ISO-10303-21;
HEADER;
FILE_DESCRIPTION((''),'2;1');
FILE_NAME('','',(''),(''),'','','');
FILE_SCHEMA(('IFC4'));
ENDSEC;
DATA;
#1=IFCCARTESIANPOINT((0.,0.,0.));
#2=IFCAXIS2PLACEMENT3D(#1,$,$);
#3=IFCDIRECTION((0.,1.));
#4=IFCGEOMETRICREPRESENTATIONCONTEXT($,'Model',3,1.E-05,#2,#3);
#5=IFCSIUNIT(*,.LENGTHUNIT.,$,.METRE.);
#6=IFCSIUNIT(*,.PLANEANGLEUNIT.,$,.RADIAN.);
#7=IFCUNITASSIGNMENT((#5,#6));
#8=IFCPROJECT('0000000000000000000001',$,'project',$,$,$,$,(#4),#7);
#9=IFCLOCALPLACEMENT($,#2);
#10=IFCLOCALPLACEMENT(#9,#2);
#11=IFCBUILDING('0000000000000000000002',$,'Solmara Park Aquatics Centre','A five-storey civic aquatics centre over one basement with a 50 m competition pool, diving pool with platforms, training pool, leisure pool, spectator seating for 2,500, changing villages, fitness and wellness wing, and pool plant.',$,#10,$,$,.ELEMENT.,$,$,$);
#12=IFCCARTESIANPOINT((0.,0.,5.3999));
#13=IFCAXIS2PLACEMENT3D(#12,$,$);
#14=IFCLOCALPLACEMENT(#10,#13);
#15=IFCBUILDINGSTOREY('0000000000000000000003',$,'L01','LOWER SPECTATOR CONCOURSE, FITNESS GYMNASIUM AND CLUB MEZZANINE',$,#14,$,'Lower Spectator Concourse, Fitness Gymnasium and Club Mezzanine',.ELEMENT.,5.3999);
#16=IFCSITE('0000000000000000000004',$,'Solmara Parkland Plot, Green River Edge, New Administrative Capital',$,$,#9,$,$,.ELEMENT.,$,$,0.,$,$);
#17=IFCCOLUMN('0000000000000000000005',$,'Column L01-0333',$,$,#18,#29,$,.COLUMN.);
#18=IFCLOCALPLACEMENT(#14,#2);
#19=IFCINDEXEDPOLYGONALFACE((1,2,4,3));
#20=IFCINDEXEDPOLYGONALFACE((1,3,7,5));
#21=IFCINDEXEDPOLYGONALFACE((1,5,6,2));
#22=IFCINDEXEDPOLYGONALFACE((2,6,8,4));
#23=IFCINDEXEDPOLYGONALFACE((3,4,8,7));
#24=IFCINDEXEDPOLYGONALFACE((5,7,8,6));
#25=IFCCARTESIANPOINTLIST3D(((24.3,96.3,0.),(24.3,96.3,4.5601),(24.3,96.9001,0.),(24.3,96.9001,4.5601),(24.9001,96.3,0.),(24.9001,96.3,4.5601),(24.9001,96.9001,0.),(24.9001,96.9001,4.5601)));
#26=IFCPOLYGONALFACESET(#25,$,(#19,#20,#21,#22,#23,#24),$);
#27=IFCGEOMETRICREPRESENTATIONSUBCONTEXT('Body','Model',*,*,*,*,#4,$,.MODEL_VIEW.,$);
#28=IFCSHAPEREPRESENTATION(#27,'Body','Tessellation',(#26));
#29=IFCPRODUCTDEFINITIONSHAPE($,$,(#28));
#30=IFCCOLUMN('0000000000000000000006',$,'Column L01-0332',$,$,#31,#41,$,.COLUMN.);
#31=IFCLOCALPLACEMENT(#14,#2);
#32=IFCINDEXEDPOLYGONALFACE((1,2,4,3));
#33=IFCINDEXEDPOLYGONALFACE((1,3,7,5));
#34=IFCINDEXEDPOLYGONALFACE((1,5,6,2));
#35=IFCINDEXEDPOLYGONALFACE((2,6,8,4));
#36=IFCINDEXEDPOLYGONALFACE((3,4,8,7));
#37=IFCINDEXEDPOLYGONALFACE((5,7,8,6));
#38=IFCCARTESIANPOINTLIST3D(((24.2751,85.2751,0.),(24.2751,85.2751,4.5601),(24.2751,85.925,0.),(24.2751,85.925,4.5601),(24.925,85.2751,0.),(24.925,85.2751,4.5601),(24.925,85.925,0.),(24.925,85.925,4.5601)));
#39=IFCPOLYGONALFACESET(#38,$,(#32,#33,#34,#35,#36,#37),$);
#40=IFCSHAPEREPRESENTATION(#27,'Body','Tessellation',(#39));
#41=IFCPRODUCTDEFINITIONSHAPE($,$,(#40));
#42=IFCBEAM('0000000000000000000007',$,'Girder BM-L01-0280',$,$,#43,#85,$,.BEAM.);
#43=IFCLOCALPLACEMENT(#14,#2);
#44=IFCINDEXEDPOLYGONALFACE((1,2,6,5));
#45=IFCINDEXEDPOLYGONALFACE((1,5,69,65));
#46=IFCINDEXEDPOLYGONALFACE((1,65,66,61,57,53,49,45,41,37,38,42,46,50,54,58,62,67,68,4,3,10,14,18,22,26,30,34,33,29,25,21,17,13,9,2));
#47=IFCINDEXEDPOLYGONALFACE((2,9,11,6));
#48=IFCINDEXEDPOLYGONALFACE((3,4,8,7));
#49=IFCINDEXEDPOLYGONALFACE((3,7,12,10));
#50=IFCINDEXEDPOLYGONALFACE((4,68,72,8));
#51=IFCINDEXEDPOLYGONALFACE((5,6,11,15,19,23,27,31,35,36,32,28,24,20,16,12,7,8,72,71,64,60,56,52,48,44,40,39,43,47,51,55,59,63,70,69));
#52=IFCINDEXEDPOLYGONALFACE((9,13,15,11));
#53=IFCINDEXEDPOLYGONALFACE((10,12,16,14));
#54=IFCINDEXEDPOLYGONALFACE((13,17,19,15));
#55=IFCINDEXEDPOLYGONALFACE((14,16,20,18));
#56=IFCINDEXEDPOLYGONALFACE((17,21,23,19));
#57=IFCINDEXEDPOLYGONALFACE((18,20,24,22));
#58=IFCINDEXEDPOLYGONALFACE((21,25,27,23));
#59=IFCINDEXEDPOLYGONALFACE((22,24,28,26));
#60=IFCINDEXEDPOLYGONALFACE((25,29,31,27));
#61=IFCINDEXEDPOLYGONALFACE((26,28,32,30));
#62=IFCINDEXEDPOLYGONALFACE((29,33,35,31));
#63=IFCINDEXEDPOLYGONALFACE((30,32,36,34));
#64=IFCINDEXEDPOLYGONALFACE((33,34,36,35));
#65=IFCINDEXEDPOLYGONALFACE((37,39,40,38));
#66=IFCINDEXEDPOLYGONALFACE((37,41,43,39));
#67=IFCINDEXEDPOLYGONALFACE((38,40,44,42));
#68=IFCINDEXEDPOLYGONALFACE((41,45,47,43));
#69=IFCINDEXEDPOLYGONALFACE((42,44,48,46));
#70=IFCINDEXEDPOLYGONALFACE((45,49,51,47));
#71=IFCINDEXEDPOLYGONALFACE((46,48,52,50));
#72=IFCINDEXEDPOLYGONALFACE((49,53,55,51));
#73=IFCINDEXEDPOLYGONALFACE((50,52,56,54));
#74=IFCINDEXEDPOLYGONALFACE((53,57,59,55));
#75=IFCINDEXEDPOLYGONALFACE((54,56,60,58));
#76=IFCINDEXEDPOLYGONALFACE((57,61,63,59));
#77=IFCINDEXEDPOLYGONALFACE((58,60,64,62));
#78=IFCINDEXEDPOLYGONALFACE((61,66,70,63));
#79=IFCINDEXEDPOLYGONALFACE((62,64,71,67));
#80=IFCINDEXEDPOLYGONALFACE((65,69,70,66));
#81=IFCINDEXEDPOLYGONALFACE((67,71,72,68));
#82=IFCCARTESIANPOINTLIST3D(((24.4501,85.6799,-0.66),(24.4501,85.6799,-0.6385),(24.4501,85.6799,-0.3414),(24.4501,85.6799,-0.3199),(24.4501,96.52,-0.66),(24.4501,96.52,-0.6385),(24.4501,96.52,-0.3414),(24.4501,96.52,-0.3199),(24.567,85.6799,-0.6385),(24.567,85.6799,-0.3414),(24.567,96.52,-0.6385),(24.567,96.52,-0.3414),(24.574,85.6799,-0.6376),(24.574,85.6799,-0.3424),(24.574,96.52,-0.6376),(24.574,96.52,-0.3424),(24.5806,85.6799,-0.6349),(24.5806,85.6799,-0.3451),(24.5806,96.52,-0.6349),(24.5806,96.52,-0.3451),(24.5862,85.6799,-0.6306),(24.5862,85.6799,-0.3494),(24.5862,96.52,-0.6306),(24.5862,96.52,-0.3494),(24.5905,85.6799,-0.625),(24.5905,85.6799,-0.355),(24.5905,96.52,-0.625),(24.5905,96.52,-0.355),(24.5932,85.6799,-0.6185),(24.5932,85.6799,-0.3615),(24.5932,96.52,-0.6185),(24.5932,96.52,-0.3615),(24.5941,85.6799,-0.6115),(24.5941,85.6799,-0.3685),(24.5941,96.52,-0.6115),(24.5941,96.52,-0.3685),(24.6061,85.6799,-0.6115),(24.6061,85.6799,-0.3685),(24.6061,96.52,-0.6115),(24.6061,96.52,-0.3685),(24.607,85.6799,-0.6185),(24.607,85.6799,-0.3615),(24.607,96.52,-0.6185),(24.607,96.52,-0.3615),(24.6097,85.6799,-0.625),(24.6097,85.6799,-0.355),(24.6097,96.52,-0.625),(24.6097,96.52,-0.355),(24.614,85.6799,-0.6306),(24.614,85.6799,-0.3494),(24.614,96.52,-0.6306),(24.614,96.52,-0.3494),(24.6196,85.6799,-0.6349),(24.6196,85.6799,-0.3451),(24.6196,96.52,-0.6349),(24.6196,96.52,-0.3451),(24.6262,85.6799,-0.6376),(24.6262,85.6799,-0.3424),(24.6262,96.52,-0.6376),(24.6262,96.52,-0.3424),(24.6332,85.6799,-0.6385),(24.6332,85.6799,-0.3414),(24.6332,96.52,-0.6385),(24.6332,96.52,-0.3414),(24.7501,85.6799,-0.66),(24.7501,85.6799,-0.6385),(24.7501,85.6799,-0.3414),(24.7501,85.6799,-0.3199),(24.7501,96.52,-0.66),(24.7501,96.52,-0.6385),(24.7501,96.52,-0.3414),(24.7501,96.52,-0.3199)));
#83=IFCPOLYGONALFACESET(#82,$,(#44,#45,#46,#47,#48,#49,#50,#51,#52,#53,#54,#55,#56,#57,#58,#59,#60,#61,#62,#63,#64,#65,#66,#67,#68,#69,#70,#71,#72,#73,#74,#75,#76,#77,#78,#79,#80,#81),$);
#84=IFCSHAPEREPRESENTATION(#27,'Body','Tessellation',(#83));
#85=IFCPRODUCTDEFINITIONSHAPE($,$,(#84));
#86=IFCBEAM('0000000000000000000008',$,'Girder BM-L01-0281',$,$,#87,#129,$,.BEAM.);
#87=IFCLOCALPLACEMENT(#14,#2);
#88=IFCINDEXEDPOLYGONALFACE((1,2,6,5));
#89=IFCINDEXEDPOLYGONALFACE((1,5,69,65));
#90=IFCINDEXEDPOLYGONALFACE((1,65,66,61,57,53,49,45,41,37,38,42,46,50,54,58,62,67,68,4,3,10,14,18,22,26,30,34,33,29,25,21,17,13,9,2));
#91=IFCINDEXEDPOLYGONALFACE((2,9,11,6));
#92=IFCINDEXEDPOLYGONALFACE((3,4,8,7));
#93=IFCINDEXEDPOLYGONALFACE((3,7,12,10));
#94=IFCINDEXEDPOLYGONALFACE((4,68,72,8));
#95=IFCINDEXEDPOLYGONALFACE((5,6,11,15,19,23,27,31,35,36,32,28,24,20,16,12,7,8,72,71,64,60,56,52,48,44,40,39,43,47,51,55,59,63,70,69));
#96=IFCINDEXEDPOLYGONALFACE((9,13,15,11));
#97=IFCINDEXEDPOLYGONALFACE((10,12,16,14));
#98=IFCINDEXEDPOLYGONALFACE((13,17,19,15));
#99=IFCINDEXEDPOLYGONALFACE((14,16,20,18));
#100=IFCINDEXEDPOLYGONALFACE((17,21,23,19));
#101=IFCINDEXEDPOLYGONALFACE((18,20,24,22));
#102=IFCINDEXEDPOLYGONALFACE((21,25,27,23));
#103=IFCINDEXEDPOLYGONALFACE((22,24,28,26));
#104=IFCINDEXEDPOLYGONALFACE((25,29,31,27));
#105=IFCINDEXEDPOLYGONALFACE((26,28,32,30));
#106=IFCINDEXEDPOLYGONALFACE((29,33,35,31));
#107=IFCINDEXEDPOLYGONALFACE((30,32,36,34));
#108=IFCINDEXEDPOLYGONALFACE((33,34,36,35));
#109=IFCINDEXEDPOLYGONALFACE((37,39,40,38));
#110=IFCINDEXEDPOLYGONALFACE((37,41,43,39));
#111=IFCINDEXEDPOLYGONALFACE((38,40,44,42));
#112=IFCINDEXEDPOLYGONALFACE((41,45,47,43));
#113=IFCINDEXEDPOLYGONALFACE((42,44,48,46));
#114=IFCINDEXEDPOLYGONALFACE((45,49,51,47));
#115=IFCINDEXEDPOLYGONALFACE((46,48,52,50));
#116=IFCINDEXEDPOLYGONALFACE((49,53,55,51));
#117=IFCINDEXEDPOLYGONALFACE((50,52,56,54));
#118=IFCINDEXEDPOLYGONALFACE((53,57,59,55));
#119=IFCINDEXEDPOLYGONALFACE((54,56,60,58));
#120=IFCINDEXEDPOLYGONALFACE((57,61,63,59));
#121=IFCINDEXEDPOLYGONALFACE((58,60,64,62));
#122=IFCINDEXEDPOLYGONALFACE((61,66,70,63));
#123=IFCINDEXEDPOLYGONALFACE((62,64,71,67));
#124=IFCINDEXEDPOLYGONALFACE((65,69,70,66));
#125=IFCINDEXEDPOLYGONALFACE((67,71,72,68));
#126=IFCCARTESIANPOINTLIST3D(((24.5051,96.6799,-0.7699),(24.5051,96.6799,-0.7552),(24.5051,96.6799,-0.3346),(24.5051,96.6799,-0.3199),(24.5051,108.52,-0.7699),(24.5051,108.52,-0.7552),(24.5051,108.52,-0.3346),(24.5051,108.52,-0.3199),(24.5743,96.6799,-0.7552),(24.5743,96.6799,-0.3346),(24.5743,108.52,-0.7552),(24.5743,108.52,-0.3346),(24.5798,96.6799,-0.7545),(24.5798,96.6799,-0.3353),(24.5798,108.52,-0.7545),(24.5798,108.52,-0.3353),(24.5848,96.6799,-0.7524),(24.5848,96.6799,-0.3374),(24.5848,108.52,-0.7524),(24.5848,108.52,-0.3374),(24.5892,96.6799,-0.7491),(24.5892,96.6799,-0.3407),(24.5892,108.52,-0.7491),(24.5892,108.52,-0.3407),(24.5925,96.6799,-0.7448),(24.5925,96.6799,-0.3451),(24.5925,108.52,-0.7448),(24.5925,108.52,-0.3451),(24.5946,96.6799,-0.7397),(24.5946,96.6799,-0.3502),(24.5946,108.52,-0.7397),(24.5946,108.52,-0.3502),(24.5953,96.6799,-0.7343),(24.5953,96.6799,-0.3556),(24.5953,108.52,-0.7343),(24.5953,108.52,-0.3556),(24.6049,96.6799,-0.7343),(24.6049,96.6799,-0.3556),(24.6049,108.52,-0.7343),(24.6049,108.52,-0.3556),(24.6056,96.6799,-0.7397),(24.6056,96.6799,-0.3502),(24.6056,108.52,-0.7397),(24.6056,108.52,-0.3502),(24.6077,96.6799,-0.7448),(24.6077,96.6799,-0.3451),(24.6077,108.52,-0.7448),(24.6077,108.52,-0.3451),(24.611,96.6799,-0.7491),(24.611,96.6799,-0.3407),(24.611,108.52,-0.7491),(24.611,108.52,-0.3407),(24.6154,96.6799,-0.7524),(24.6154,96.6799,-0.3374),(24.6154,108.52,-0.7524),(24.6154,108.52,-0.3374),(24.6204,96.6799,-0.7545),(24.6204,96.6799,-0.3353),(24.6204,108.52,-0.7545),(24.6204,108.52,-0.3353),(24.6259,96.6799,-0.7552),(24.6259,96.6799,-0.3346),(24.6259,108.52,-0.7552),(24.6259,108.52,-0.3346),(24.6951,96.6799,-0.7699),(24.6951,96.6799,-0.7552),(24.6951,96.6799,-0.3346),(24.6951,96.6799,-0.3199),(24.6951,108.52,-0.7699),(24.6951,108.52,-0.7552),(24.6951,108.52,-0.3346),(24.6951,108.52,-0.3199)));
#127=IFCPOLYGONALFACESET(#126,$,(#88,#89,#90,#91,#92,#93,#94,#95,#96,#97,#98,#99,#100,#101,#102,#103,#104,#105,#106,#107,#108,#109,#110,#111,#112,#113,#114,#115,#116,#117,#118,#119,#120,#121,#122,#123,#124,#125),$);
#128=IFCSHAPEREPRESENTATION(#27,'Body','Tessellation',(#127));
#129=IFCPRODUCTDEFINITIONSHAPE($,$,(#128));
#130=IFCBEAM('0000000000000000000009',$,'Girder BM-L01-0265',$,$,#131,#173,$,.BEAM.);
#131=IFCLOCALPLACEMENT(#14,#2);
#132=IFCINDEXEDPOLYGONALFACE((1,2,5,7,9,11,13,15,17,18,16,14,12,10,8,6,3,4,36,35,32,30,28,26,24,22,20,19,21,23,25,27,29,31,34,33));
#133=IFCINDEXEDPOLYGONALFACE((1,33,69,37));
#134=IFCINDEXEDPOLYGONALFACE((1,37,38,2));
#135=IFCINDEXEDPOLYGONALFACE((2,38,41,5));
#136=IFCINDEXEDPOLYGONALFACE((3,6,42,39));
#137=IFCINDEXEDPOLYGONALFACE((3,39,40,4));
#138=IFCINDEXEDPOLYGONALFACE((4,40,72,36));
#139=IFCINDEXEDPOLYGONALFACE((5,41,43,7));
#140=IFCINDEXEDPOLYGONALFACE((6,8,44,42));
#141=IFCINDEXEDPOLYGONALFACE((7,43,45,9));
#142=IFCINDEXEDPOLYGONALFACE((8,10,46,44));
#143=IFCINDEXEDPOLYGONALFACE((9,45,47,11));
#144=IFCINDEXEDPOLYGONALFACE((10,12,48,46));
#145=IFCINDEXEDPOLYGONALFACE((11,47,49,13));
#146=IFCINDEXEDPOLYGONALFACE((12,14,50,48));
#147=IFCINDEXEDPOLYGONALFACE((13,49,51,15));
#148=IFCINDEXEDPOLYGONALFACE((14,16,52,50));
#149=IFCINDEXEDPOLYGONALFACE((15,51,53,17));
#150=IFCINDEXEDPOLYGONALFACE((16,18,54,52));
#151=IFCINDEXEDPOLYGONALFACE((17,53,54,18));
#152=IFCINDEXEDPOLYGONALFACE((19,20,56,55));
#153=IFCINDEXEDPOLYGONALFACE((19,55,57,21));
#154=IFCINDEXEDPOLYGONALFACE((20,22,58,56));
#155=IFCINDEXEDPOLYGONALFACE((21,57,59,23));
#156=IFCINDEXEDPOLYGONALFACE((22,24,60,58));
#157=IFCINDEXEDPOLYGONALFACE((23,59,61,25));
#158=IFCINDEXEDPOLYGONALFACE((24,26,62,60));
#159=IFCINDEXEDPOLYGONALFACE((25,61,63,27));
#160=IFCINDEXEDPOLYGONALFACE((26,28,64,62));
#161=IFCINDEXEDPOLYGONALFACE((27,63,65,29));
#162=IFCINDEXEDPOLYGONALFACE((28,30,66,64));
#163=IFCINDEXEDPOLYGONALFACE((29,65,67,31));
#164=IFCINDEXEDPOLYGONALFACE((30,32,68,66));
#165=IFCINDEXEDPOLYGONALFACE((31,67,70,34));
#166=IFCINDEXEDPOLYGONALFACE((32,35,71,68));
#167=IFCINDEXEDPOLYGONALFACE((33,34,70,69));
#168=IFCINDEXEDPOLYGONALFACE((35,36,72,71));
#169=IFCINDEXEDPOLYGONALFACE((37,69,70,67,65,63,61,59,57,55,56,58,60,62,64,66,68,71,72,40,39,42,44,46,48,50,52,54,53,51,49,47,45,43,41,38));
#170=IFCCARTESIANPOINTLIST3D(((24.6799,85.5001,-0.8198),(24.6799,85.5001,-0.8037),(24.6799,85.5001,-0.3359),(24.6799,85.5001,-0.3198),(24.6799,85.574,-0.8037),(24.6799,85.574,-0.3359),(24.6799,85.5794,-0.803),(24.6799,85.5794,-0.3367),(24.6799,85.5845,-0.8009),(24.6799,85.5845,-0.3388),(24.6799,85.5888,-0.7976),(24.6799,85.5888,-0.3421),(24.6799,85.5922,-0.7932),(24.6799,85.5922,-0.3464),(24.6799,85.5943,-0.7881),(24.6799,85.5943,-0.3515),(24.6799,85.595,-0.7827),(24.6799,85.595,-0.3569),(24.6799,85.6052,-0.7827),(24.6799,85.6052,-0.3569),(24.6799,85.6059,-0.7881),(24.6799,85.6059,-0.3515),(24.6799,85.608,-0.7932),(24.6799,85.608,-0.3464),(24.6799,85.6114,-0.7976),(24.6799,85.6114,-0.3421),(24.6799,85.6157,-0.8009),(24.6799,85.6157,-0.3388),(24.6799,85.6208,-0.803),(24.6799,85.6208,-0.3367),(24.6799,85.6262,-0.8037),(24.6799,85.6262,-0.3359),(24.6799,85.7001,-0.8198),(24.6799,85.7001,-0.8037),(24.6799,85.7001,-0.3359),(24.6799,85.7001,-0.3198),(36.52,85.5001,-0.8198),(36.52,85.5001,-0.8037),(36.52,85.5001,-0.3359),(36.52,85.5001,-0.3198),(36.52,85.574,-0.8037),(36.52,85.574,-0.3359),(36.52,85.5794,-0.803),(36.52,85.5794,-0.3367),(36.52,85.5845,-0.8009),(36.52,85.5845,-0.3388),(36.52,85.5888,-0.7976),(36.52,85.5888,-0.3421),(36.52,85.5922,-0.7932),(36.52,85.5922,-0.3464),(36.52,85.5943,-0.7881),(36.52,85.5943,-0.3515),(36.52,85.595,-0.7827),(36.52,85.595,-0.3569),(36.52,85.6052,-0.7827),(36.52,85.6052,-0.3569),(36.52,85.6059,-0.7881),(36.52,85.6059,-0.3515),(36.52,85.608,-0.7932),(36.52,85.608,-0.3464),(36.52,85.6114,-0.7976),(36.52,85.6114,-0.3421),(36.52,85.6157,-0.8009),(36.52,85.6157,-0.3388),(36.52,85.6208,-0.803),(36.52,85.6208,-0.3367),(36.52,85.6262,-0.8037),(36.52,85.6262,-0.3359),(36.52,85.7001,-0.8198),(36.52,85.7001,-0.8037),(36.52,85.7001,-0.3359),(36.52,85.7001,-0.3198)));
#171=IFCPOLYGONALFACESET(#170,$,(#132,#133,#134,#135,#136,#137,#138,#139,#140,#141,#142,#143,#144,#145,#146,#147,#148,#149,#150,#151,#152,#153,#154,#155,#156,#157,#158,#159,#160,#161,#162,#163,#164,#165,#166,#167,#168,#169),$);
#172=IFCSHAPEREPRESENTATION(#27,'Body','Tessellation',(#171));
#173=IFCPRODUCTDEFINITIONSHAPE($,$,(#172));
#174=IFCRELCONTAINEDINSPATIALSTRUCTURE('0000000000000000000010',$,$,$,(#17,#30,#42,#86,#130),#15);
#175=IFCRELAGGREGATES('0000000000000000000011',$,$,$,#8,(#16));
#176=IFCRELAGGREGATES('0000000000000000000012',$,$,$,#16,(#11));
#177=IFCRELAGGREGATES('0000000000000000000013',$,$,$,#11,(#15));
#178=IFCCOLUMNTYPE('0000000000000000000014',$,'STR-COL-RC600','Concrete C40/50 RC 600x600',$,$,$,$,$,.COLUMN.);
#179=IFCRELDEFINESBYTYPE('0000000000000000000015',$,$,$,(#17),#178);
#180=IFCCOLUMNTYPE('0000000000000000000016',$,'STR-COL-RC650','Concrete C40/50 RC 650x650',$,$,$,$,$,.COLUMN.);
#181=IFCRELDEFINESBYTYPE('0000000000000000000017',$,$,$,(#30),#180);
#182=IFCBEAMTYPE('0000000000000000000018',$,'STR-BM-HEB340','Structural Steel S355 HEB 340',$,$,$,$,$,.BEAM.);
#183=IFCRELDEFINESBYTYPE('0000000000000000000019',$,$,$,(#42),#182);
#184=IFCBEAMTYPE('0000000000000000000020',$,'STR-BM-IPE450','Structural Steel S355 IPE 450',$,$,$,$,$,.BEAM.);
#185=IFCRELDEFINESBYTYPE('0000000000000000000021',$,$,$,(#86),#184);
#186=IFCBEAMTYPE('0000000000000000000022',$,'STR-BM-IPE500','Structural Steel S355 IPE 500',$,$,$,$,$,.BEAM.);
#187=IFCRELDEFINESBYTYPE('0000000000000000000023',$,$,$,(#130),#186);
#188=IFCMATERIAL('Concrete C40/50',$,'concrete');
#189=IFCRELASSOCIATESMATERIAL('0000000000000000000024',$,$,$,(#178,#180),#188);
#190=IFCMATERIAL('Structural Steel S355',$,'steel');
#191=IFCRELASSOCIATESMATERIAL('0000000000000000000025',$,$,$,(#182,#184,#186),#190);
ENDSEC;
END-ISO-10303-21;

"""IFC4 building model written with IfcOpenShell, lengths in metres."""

from ifc_helpers import new_model, si_unit, direction, frame, origin, origin_2d, place, context, subcontext, project, spatial, rectangle, i_section, extrude, material, material_profile, profile_set, type_object, element, save


model = new_model("IFC4")

# Units and contexts
model_context = context("Model", 3, precision=1e-05, world=origin(), true_north=direction((0.0, 1.0)))
body_context = subcontext(model_context, "Body", "Model", "MODEL_VIEW")
ifc_project = project(units=[si_unit("LENGTHUNIT", "METRE"), si_unit("PLANEANGLEUNIT", "RADIAN")], contexts=[model_context])

# Site, building, storey
site_placement = place(None, origin())
site = spatial("IfcSite", under=ifc_project, at=site_placement, Name="Solmara Parkland Plot, Green River Edge, New Administrative Capital", CompositionType="ELEMENT", RefElevation=0.0)
building_placement = place(site_placement, origin())
building = spatial("IfcBuilding", under=site, at=building_placement, Name="Solmara Park Aquatics Centre", Description="A five-storey civic aquatics centre over one basement with a 50 m competition pool, diving pool with platforms, training pool, leisure pool, spectator seating for 2,500, changing villages, fitness and wellness wing, and pool plant.", CompositionType="ELEMENT")
storey_placement = place(building_placement, frame((0.0, 0.0, 5.3999)))
storey = spatial("IfcBuildingStorey", under=building, at=storey_placement, Name="L01", Description="LOWER SPECTATOR CONCOURSE, FITNESS GYMNASIUM AND CLUB MEZZANINE", LongName="Lower Spectator Concourse, Fitness Gymnasium and Club Mezzanine", CompositionType="ELEMENT", Elevation=5.3999)

# Columns
ifc_material_1 = material(Name="Concrete C40/50", Category="concrete")
ifc_material_profile_1 = material_profile(ifc_material_1, rectangle(XDim=0.6001, YDim=0.6001, at=origin_2d()), Name="RC 600x600")
ifc_profile_set_1 = profile_set([ifc_material_profile_1], Name="Concrete C40/50")
column_type_1 = type_object("IfcColumnType", Name="STR-COL-RC600", Description="Concrete C40/50 RC 600x600", PredefinedType="COLUMN", material=ifc_profile_set_1)
column_1_placement = place(storey_placement, frame((24.6001, 96.6001, 0.0), z_axis=(0.0, 0.0, 1.0), x_axis=(1.0, 0.0, 0.0)))
element("IfcColumn", 1, at=column_1_placement, inside=storey, type_object=column_type_1, Name="Column L01-0333", PredefinedType="COLUMN", context=body_context, shape_type="SweptSolid", body=[
    extrude(rectangle(XDim=0.6001, YDim=0.6001, at=origin_2d()), origin(), (0.0, 0.0, 1.0), 4.5601),
])
ifc_material_profile_2 = material_profile(ifc_material_1, rectangle(XDim=0.6499, YDim=0.6499, at=origin_2d()), Name="RC 650x650")
ifc_profile_set_2 = profile_set([ifc_material_profile_2], Name="Concrete C40/50")
column_type_2 = type_object("IfcColumnType", Name="STR-COL-RC650", Description="Concrete C40/50 RC 650x650", PredefinedType="COLUMN", material=ifc_profile_set_2)
column_2_placement = place(storey_placement, frame((24.6001, 85.6001, 0.0), z_axis=(0.0, 0.0, 1.0), x_axis=(1.0, 0.0, 0.0)))
element("IfcColumn", 2, at=column_2_placement, inside=storey, type_object=column_type_2, Name="Column L01-0332", PredefinedType="COLUMN", context=body_context, shape_type="SweptSolid", body=[
    extrude(rectangle(XDim=0.6499, YDim=0.6499, at=origin_2d()), origin(), (0.0, 0.0, 1.0), 4.5601),
])

# Beams
ifc_material_2 = material(Name="Structural Steel S355", Category="steel")
ifc_material_profile_3 = material_profile(ifc_material_2, i_section(OverallWidth=0.3, OverallDepth=0.3401, WebThickness=0.012, FlangeThickness=0.0215, FilletRadius=0.0271, at=origin_2d()), Name="HEB 340")
ifc_profile_set_3 = profile_set([ifc_material_profile_3], Name="Structural Steel S355")
beam_type_1 = type_object("IfcBeamType", Name="STR-BM-HEB340", Description="Structural Steel S355 HEB 340", PredefinedType="BEAM", material=ifc_profile_set_3)
beam_1_placement = place(storey_placement, frame((24.6001, 85.6799, -0.49), z_axis=(0.0, 1.0, 0.0), x_axis=(-1.0, 0.0, 0.0)))
element("IfcBeam", 3, at=beam_1_placement, inside=storey, type_object=beam_type_1, Name="Girder BM-L01-0280", PredefinedType="BEAM", context=body_context, shape_type="SweptSolid", body=[
    extrude(i_section(OverallWidth=0.3, OverallDepth=0.3401, WebThickness=0.012, FlangeThickness=0.0215, FilletRadius=0.0271, at=origin_2d()), origin(), (0.0, 0.0, 1.0), 10.8401),
])
ifc_material_profile_4 = material_profile(ifc_material_2, i_section(OverallWidth=0.1899, OverallDepth=0.45, WebThickness=0.0095, FlangeThickness=0.0146, FilletRadius=0.021, at=origin_2d()), Name="IPE 450")
ifc_profile_set_4 = profile_set([ifc_material_profile_4], Name="Structural Steel S355")
beam_type_2 = type_object("IfcBeamType", Name="STR-BM-IPE450", Description="Structural Steel S355 IPE 450", PredefinedType="BEAM", material=ifc_profile_set_4)
beam_2_placement = place(storey_placement, frame((24.6001, 96.6799, -0.5449), z_axis=(0.0, 1.0, 0.0), x_axis=(-1.0, 0.0, 0.0)))
element("IfcBeam", 4, at=beam_2_placement, inside=storey, type_object=beam_type_2, Name="Girder BM-L01-0281", PredefinedType="BEAM", context=body_context, shape_type="SweptSolid", body=[
    extrude(i_section(OverallWidth=0.1899, OverallDepth=0.45, WebThickness=0.0095, FlangeThickness=0.0146, FilletRadius=0.021, at=origin_2d()), origin(), (0.0, 0.0, 1.0), 11.8401),
])
ifc_material_profile_5 = material_profile(ifc_material_2, i_section(OverallWidth=0.2, OverallDepth=0.5, WebThickness=0.0103, FlangeThickness=0.0161, FilletRadius=0.021, at=origin_2d()), Name="IPE 500")
ifc_profile_set_5 = profile_set([ifc_material_profile_5], Name="Structural Steel S355")
beam_type_3 = type_object("IfcBeamType", Name="STR-BM-IPE500", Description="Structural Steel S355 IPE 500", PredefinedType="BEAM", material=ifc_profile_set_5)
for number, where, z_axis, x_axis, name in (
    (5, (24.6799, 85.6001, -0.5698), (1.0, 0.0, 0.0), (0.0, 1.0, 0.0), "Girder BM-L01-0265"),
):
    element("IfcBeam", number, at=place(storey_placement, frame(where, z_axis=z_axis, x_axis=x_axis)), inside=storey, type_object=beam_type_3, Name=name, PredefinedType="BEAM", context=body_context, shape_type="SweptSolid", body=[
        extrude(i_section(OverallWidth=0.2, OverallDepth=0.5, WebThickness=0.0103, FlangeThickness=0.0161, FilletRadius=0.021, at=origin_2d()), origin(), (0.0, 0.0, 1.0), 11.8401),
    ])

save(model, "model.ifc")
